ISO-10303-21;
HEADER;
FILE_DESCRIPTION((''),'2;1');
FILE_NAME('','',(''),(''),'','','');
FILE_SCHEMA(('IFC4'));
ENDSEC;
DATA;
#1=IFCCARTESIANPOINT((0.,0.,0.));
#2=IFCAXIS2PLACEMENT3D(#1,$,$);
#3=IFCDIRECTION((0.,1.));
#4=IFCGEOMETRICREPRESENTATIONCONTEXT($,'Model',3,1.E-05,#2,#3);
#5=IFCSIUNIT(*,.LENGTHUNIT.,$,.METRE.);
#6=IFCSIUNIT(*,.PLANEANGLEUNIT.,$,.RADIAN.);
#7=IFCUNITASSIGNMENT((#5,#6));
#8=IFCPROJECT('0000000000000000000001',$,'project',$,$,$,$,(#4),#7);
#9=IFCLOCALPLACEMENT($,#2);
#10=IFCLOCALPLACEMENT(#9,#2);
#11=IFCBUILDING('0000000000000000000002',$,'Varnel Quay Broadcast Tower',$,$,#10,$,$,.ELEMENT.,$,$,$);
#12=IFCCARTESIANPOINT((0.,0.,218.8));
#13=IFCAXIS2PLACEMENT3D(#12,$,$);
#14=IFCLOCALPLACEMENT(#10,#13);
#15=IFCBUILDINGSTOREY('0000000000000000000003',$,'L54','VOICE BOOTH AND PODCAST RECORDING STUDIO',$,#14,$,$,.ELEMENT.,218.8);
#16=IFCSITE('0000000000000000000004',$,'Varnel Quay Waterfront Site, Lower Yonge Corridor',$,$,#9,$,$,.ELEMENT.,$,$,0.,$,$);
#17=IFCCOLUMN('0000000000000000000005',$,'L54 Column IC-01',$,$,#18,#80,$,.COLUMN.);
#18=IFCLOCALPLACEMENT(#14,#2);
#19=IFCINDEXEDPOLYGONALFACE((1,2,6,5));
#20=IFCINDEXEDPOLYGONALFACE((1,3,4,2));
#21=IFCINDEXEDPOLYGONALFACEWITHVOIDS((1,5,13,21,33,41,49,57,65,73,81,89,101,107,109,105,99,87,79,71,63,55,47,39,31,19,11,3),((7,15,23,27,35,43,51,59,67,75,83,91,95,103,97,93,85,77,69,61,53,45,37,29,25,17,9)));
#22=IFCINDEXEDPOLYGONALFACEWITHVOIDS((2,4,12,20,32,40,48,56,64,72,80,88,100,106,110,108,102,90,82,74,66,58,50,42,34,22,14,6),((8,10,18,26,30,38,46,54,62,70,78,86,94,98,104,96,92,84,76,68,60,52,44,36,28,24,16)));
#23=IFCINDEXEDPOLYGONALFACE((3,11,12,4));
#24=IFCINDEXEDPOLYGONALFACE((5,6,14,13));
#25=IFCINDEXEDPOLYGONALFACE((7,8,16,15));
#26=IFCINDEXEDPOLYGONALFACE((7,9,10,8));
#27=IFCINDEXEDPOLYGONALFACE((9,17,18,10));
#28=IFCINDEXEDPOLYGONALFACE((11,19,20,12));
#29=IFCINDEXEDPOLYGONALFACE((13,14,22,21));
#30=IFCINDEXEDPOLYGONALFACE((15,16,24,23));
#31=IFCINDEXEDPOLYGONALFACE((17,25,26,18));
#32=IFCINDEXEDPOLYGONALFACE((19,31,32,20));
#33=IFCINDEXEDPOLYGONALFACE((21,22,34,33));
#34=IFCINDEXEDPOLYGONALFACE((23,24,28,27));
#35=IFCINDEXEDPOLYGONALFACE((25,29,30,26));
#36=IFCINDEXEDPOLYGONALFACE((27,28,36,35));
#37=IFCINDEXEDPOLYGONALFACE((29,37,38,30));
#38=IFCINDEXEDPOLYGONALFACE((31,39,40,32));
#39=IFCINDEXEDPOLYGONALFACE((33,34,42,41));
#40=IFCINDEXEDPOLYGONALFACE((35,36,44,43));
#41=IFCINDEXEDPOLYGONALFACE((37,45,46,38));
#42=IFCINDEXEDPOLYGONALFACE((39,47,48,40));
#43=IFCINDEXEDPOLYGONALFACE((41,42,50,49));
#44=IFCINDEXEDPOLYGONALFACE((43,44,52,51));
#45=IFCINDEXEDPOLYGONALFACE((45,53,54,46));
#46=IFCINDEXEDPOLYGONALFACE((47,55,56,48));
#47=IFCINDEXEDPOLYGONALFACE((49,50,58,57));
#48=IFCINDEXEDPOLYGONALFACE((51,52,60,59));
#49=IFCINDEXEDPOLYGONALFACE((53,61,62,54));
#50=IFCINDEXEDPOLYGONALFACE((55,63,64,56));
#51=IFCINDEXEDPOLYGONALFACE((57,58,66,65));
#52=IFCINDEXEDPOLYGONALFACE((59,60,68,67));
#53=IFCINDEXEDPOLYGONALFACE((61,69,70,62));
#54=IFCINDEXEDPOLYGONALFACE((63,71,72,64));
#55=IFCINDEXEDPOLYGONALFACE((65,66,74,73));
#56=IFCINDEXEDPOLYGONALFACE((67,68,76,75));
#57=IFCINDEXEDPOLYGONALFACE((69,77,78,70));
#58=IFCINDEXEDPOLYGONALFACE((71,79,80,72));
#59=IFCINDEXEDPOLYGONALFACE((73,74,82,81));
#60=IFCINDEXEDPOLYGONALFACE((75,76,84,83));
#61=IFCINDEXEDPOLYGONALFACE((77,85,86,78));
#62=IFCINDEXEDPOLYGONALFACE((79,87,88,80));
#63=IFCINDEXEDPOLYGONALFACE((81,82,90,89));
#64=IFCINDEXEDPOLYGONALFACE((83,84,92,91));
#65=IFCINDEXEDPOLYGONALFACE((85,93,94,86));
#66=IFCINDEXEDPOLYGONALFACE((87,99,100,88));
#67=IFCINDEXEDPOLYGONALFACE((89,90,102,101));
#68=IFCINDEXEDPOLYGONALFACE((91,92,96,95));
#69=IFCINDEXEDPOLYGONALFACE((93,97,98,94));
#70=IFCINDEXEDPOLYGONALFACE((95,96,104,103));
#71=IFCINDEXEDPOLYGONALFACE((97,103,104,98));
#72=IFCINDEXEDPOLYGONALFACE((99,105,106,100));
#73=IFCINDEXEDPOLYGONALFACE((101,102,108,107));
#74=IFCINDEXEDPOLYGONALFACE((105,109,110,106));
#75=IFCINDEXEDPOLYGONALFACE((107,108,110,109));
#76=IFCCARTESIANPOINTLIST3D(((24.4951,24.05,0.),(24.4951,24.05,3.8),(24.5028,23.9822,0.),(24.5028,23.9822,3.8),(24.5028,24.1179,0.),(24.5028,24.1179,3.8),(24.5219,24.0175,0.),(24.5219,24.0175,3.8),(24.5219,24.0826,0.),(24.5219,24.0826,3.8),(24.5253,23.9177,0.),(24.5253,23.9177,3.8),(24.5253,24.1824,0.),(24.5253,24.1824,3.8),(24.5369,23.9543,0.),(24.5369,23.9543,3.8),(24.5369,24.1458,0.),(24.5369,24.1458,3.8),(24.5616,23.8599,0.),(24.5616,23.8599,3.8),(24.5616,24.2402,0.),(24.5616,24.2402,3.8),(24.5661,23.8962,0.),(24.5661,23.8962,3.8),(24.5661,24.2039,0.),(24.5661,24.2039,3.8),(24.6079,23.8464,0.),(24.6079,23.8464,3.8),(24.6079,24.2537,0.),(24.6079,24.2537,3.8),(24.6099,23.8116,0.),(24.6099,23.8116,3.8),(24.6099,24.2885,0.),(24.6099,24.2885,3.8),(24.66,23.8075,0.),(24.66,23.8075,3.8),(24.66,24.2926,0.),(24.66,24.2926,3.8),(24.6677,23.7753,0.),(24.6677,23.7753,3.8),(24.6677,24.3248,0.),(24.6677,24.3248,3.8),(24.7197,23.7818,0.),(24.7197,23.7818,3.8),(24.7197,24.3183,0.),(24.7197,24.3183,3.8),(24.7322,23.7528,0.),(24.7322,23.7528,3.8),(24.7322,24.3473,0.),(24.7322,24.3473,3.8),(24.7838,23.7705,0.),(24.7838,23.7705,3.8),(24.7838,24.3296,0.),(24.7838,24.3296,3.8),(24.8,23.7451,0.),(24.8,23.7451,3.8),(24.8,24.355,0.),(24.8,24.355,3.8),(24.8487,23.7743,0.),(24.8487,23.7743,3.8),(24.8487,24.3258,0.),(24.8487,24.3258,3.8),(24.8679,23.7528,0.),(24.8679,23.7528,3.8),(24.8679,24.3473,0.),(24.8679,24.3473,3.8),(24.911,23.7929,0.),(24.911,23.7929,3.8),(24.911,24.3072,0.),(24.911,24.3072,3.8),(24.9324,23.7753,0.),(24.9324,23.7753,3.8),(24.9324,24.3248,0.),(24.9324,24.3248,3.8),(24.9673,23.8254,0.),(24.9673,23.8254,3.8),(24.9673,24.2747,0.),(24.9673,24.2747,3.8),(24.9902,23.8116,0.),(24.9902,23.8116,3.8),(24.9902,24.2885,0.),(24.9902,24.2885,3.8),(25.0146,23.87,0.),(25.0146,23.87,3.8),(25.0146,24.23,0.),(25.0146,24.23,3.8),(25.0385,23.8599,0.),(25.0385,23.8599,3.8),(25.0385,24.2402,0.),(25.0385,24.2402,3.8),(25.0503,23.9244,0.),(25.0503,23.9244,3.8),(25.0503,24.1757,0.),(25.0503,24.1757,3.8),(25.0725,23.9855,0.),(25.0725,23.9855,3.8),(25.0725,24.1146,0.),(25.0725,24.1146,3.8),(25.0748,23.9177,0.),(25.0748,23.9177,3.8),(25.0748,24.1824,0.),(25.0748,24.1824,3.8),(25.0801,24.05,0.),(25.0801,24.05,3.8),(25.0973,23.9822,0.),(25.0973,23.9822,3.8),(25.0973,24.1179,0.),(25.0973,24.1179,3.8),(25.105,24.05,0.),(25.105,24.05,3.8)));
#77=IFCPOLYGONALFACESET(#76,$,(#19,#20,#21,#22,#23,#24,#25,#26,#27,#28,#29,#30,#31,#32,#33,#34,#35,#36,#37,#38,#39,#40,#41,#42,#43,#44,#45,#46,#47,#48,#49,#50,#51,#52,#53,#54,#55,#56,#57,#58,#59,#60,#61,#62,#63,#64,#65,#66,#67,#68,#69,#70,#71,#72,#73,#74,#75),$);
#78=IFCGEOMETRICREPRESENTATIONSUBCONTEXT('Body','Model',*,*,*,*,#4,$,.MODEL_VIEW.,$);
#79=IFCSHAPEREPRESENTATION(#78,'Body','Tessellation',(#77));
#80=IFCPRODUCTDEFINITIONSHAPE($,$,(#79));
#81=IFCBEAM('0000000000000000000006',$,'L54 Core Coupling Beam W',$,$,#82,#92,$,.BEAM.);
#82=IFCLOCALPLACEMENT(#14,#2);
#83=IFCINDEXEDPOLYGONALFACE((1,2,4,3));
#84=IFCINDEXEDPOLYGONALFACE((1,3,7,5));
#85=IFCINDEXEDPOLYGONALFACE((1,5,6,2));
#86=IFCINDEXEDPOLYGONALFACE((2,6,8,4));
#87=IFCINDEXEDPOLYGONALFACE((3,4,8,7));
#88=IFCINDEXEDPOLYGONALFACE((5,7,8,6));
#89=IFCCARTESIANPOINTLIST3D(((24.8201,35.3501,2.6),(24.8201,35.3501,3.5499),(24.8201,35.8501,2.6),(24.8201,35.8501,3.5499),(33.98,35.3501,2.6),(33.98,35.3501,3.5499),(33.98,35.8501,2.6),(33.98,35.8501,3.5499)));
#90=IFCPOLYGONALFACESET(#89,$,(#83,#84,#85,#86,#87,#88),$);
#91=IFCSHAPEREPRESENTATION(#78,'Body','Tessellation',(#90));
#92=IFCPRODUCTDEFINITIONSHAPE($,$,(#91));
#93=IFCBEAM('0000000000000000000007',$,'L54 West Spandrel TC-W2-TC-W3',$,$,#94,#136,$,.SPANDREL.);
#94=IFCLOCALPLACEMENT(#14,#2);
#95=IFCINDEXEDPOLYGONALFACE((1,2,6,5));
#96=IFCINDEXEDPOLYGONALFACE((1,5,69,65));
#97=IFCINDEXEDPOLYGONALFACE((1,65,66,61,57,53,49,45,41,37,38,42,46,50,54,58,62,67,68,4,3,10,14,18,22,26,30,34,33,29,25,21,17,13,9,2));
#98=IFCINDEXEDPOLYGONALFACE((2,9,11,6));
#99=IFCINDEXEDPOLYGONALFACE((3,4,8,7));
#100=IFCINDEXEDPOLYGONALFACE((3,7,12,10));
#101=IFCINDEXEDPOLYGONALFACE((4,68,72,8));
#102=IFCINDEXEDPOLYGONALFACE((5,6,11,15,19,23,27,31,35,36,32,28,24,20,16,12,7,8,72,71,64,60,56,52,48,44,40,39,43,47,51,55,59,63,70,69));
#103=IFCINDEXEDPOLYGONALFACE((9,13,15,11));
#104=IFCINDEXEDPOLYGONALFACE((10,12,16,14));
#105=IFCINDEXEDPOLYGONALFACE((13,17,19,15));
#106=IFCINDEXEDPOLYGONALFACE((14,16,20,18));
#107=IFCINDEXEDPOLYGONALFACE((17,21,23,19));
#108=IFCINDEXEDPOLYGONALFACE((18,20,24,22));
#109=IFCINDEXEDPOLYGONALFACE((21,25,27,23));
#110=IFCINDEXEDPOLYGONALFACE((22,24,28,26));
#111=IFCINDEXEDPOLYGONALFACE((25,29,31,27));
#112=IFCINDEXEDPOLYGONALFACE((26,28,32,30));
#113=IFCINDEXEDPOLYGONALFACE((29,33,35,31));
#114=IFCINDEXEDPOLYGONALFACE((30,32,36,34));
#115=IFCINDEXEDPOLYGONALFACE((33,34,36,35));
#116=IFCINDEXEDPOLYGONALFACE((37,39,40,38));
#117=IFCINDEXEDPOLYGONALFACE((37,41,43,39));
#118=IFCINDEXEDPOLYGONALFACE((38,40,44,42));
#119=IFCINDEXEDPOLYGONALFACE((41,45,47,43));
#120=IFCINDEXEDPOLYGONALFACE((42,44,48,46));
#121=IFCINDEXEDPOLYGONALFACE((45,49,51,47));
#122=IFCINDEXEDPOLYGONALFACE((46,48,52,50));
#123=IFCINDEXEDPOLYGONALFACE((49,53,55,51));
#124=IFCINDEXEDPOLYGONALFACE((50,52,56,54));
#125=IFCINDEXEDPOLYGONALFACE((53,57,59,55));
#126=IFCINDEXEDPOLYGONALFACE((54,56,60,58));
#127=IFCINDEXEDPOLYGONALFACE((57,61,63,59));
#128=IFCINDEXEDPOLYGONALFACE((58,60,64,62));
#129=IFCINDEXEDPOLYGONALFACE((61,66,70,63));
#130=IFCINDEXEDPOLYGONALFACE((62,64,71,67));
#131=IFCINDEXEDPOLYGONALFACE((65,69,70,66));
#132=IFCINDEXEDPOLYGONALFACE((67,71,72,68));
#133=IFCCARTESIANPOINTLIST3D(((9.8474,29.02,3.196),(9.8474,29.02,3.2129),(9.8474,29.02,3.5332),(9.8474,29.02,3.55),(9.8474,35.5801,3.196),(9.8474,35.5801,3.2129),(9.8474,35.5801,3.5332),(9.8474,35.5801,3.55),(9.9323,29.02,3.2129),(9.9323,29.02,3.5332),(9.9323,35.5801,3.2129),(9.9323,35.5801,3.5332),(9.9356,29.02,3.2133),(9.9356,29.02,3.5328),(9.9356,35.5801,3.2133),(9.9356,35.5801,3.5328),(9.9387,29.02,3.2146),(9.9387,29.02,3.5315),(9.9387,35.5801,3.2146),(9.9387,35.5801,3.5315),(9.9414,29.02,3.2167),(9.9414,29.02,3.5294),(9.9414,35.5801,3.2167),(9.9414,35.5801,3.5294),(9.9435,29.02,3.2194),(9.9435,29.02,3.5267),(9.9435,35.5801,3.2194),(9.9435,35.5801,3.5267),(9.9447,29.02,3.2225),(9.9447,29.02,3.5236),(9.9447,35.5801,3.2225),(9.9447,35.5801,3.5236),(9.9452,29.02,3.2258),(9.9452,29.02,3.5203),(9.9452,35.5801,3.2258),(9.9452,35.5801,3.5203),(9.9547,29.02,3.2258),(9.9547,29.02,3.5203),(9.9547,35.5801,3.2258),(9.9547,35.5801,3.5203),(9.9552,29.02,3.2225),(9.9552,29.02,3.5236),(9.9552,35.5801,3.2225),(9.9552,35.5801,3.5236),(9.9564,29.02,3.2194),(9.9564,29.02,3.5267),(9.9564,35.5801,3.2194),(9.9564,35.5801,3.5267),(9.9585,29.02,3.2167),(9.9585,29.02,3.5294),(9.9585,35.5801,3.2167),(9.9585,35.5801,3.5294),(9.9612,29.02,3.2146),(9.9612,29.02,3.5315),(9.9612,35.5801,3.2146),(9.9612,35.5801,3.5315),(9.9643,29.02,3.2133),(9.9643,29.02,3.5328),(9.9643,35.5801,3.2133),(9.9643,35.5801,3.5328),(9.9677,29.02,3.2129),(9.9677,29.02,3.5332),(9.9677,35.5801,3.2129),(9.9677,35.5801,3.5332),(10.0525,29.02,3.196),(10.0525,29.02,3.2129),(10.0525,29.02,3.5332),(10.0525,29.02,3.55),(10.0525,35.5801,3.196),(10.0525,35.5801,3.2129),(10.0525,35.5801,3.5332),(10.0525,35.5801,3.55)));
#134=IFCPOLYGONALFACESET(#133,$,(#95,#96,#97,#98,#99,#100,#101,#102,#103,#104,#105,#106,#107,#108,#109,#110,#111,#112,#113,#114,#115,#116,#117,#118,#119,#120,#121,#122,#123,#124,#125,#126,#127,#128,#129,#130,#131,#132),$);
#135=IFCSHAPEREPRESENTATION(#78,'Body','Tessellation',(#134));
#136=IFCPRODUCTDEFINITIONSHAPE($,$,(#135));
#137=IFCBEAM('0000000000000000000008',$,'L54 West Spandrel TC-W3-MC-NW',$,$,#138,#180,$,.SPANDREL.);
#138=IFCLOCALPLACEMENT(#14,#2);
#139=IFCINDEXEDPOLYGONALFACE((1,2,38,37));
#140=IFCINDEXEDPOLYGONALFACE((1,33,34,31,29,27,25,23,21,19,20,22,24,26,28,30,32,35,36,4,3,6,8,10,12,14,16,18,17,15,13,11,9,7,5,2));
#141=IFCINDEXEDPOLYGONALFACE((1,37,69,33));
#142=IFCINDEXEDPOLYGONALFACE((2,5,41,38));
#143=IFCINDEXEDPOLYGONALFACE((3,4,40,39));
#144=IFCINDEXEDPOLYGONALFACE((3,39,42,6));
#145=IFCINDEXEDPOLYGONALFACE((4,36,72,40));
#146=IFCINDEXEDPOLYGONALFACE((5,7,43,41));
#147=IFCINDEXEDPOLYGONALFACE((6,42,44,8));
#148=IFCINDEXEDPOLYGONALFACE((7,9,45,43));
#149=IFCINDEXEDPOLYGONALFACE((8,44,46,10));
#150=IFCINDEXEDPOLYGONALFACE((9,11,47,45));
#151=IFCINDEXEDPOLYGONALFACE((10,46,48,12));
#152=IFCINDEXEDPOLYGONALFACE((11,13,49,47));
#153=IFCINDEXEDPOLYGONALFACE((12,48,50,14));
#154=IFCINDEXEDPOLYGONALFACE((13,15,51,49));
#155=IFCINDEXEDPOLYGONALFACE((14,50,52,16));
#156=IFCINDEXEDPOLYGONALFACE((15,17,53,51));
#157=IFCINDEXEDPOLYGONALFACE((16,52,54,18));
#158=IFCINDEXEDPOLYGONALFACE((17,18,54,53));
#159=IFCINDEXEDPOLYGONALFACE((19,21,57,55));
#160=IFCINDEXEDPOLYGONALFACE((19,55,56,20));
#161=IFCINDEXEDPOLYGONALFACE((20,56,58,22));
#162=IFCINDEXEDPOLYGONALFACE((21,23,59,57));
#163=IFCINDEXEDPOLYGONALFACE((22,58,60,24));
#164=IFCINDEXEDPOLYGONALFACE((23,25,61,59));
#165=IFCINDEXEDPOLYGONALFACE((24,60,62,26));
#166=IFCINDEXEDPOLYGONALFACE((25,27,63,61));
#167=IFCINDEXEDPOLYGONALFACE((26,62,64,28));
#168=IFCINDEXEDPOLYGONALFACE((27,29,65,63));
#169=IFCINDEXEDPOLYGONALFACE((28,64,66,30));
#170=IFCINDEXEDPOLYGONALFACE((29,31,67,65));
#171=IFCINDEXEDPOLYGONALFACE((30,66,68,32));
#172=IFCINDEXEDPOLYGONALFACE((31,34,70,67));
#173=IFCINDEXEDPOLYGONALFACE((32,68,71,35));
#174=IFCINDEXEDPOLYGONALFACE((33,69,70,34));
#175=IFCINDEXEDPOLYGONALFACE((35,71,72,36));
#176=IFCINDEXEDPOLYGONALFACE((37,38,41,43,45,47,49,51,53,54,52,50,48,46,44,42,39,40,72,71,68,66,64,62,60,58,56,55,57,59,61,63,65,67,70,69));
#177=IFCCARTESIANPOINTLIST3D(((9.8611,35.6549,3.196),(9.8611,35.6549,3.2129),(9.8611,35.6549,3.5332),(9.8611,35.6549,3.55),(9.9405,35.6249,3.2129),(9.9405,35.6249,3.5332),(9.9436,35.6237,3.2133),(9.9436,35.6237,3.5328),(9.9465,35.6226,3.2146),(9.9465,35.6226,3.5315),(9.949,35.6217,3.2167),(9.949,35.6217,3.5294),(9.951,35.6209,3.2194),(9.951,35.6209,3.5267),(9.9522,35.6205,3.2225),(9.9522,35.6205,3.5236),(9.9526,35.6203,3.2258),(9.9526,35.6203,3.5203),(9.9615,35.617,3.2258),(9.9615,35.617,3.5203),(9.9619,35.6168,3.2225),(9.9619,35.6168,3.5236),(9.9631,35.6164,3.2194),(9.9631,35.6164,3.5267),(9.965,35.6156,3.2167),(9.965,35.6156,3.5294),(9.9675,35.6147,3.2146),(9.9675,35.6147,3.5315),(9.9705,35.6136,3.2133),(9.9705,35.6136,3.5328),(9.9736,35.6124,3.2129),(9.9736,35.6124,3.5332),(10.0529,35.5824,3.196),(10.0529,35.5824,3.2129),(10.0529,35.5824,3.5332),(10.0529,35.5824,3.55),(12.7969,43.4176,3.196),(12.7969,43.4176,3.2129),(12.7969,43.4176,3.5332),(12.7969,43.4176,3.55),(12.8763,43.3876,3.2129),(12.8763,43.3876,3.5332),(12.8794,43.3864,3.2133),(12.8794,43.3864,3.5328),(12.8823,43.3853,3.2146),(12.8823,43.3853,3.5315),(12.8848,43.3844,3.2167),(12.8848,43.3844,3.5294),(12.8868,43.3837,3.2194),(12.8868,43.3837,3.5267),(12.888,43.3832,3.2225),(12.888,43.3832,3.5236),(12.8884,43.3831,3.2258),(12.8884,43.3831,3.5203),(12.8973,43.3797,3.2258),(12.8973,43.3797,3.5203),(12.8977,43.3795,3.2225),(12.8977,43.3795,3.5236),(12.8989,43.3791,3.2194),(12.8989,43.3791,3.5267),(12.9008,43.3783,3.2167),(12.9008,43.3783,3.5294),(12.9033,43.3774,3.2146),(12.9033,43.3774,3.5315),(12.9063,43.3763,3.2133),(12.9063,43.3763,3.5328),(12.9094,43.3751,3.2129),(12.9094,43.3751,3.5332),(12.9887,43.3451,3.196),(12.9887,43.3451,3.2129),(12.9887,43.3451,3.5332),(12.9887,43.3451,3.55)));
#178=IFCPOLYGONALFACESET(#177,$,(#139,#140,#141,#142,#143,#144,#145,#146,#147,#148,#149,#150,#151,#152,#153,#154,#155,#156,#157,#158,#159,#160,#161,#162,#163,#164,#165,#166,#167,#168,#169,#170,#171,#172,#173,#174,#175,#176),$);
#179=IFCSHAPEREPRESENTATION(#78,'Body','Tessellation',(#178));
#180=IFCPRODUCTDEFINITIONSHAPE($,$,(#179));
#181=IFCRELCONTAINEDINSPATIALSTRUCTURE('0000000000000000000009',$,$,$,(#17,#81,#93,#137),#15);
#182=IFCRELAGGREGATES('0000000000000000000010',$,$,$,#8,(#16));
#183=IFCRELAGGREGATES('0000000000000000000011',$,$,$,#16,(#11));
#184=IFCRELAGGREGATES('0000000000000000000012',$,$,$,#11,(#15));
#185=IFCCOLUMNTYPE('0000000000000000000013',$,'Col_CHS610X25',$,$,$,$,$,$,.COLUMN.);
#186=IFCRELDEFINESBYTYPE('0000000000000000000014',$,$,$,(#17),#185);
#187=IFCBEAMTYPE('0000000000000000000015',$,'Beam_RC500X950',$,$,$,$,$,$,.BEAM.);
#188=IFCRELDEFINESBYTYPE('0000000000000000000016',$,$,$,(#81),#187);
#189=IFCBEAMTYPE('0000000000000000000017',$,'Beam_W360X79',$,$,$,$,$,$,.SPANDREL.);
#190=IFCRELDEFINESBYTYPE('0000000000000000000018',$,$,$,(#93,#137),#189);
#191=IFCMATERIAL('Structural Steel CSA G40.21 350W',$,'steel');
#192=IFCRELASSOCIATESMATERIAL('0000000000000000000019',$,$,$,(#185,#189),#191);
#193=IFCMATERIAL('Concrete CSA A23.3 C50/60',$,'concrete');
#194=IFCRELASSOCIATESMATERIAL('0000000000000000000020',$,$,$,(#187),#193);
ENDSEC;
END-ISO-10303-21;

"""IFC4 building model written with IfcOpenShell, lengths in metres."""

from ifc_helpers import new_model, si_unit, direction, frame, origin, origin_2d, place, context, subcontext, project, spatial, rectangle, hollow_circle, i_section, extrude, source, transform, mapped, material, material_profile, profile_set, type_object, type_shapes, element, save


model = new_model("IFC4")

# Units and contexts
model_context = context("Model", 3, precision=1e-05, world=origin(), true_north=direction((0.0, 1.0)))
body_context = subcontext(model_context, "Body", "Model", "MODEL_VIEW")
ifc_project = project(units=[si_unit("LENGTHUNIT", "METRE"), si_unit("PLANEANGLEUNIT", "RADIAN")], contexts=[model_context])

# Site, building, storey
site_placement = place(None, origin())
site = spatial("IfcSite", under=ifc_project, at=site_placement, Name="Varnel Quay Waterfront Site, Lower Yonge Corridor", CompositionType="ELEMENT", RefElevation=0.0)
building_placement = place(site_placement, origin())
building = spatial("IfcBuilding", under=site, at=building_placement, Name="Varnel Quay Broadcast Tower", CompositionType="ELEMENT")
storey_placement = place(building_placement, frame((0.0, 0.0, 218.8)))
storey = spatial("IfcBuildingStorey", under=building, at=storey_placement, Name="L54", Description="VOICE BOOTH AND PODCAST RECORDING STUDIO", CompositionType="ELEMENT", Elevation=218.8)

# Column
ifc_material_1 = material(Name="Structural Steel CSA G40.21 350W", Category="steel")
ifc_material_profile_1 = material_profile(ifc_material_1, hollow_circle(Radius=0.3049, WallThickness=0.0249, at=origin_2d()), Name="CHS610X25")
ifc_profile_set_1 = profile_set([ifc_material_profile_1], Name="Structural Steel CSA G40.21 350W")
column_type_1 = type_object("IfcColumnType", Name="Col_CHS610X25", PredefinedType="COLUMN", material=ifc_profile_set_1)
shared_shape_1 = source(origin(), body_context, "Body", "SweptSolid", [
    extrude(hollow_circle(Radius=0.3049, WallThickness=0.0249, at=origin_2d()), origin(), (0.0, 0.0, 1.0), 3.8),
])
type_shapes(column_type_1, [shared_shape_1])
column_placement = place(storey_placement, frame((24.8, 24.05, 0.0), z_axis=(0.0, 0.0, 1.0), x_axis=(1.0, 0.0, 0.0)))
element("IfcColumn", 1, at=column_placement, inside=storey, type_object=column_type_1, Name="L54 Column IC-01", PredefinedType="COLUMN", context=body_context, shape_type="MappedRepresentation", body=[
    mapped(shared_shape_1, transform((0.0, 0.0, 0.0), x_axis=(1.0, 0.0, 0.0), y_axis=(0.0, 1.0, 0.0), z_axis=(0.0, 0.0, 1.0), scale=1.0)),
])

# Beams
ifc_material_2 = material(Name="Concrete CSA A23.3 C50/60", Category="concrete")
ifc_material_profile_2 = material_profile(ifc_material_2, rectangle(XDim=0.5, YDim=0.95, at=origin_2d()), Name="RC500X950")
ifc_profile_set_2 = profile_set([ifc_material_profile_2], Name="Concrete CSA A23.3 C50/60")
beam_type_1 = type_object("IfcBeamType", Name="Beam_RC500X950", PredefinedType="BEAM", material=ifc_profile_set_2)
shared_shape_2 = source(origin(), body_context, "Body", "SweptSolid", [
    extrude(rectangle(XDim=0.5, YDim=0.95, at=origin_2d()), origin(), (0.0, 0.0, 1.0), 9.1599),
])
type_shapes(beam_type_1, [shared_shape_2])
beam_1_placement = place(storey_placement, frame((24.8201, 35.6001, 3.075), z_axis=(1.0, 0.0, 0.0), x_axis=(0.0, 1.0, 0.0)))
element("IfcBeam", 2, at=beam_1_placement, inside=storey, type_object=beam_type_1, Name="L54 Core Coupling Beam W", PredefinedType="BEAM", context=body_context, shape_type="MappedRepresentation", body=[
    mapped(shared_shape_2, transform((0.0, 0.0, 0.0), x_axis=(1.0, 0.0, 0.0), y_axis=(0.0, 1.0, 0.0), z_axis=(0.0, 0.0, 1.0), scale=1.0)),
])
ifc_material_profile_3 = material_profile(ifc_material_1, i_section(OverallWidth=0.2051, OverallDepth=0.354, WebThickness=0.0095, FlangeThickness=0.0168, FilletRadius=0.0129, at=origin_2d()), Name="W360X79")
ifc_profile_set_3 = profile_set([ifc_material_profile_3], Name="Structural Steel CSA G40.21 350W")
beam_type_2 = type_object("IfcBeamType", Name="Beam_W360X79", PredefinedType="SPANDREL", material=ifc_profile_set_3)
shared_shape_3 = source(origin(), body_context, "Body", "SweptSolid", [
    extrude(i_section(OverallWidth=0.2051, OverallDepth=0.354, WebThickness=0.0095, FlangeThickness=0.0168, FilletRadius=0.0129, at=origin_2d()), origin(), (0.0, 0.0, 1.0), 6.5601),
])
beam_2_placement = place(storey_placement, frame((9.95, 29.02, 3.373), z_axis=(0.0, 1.0, 0.0), x_axis=(-1.0, 0.0, 0.0)))
element("IfcBeam", 3, at=beam_2_placement, inside=storey, type_object=beam_type_2, Name="L54 West Spandrel TC-W2-TC-W3", PredefinedType="SPANDREL", context=body_context, shape_type="MappedRepresentation", body=[
    mapped(shared_shape_3, transform((0.0, 0.0, 0.0), x_axis=(1.0, 0.0, 0.0), y_axis=(0.0, 1.0, 0.0), z_axis=(0.0, 0.0, 1.0), scale=1.0)),
])
shared_shape_4 = source(origin(), body_context, "Body", "SweptSolid", [
    extrude(i_section(OverallWidth=0.2051, OverallDepth=0.354, WebThickness=0.0095, FlangeThickness=0.0168, FilletRadius=0.0129, at=origin_2d()), origin(), (0.0, 0.0, 1.0), 8.2993),
])
type_shapes(beam_type_2, [shared_shape_3, shared_shape_4])
beam_3_placement = place(storey_placement, frame((9.957, 35.6187, 3.373), z_axis=(0.35374, 0.935344, 0.0), x_axis=(-0.935344, 0.35374, 0.0)))
element("IfcBeam", 4, at=beam_3_placement, inside=storey, type_object=beam_type_2, Name="L54 West Spandrel TC-W3-MC-NW", PredefinedType="SPANDREL", context=body_context, shape_type="MappedRepresentation", body=[
    mapped(shared_shape_4, transform((0.0, 0.0, 0.0), x_axis=(1.0, 0.0, 0.0), y_axis=(0.0, 1.0, 0.0), z_axis=(0.0, 0.0, 1.0), scale=1.0)),
])

save(model, "model.ifc")
